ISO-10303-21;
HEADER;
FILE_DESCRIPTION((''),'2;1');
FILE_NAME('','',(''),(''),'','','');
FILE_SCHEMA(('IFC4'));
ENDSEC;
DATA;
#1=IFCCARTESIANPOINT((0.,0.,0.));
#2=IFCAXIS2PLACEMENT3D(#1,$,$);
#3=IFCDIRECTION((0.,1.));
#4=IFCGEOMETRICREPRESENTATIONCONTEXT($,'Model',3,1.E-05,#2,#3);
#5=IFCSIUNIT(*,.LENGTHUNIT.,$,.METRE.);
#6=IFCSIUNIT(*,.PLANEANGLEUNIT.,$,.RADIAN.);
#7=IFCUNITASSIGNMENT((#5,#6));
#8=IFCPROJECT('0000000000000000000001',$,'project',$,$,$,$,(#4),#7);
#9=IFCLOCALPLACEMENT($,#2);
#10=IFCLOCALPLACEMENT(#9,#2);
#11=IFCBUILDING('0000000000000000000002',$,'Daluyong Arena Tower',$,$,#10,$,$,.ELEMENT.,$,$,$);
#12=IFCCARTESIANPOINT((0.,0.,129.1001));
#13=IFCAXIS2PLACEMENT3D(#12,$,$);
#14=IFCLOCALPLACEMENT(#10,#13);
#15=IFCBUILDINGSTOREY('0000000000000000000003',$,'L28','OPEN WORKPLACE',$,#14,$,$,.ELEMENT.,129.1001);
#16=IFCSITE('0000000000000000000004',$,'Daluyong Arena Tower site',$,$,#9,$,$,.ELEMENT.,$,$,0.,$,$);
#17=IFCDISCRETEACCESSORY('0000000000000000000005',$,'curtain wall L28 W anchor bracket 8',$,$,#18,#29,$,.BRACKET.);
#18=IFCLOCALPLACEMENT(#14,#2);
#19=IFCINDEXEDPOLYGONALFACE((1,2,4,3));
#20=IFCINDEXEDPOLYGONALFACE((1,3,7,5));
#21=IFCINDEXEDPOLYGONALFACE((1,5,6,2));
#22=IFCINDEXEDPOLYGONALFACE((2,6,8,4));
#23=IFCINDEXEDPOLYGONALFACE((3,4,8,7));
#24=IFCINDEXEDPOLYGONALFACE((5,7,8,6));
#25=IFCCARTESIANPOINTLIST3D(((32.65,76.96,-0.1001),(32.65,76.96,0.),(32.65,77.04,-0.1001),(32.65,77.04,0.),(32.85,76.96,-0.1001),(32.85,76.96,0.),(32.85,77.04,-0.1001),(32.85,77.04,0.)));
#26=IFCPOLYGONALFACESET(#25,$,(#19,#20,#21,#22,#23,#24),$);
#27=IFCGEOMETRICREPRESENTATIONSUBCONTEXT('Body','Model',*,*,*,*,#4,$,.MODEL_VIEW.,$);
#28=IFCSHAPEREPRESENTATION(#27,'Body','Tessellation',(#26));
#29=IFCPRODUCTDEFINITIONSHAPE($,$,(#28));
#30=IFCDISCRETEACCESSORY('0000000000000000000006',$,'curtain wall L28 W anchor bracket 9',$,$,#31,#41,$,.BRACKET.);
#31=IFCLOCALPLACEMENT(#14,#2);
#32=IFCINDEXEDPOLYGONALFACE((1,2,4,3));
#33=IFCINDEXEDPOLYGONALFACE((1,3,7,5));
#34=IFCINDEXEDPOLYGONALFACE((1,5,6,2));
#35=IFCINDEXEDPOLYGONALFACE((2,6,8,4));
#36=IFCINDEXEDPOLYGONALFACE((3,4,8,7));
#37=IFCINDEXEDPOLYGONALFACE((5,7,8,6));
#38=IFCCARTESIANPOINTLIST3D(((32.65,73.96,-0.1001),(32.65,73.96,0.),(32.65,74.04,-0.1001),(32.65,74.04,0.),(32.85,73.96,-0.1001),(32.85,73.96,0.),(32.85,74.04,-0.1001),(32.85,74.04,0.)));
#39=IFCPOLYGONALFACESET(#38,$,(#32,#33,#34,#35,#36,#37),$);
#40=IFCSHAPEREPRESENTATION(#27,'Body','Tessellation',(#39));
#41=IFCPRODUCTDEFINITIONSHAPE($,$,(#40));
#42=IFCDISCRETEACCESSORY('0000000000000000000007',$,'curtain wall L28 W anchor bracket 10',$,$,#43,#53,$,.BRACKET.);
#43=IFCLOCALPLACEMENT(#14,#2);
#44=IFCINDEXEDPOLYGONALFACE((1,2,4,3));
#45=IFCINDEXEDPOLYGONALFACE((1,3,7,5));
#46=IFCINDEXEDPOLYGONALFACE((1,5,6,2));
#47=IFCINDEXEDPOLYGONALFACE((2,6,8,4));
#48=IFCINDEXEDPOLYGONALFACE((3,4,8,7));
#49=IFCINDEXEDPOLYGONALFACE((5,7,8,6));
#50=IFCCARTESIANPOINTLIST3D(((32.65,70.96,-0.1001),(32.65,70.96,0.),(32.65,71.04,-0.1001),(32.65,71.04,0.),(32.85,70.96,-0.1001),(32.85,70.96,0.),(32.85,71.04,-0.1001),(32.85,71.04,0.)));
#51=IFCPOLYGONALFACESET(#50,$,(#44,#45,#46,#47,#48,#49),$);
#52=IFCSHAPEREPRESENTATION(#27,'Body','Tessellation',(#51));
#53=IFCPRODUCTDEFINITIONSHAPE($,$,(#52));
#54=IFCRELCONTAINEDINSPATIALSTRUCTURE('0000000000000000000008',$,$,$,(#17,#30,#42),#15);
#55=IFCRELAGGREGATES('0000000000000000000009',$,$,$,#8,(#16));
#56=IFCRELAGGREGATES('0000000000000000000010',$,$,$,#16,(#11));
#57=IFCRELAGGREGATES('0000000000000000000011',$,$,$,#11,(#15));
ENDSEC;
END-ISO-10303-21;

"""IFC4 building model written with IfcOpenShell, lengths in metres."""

from ifc_helpers import new_model, si_unit, direction, frame, origin, origin_2d, place, context, subcontext, project, spatial, rectangle, extrude, element, save


model = new_model("IFC4")

# Units and contexts
model_context = context("Model", 3, precision=1e-05, world=origin(), true_north=direction((0.0, 1.0)))
body_context = subcontext(model_context, "Body", "Model", "MODEL_VIEW")
ifc_project = project(units=[si_unit("LENGTHUNIT", "METRE"), si_unit("PLANEANGLEUNIT", "RADIAN")], contexts=[model_context])

# Site, building, storey
site_placement = place(None, origin())
site = spatial("IfcSite", under=ifc_project, at=site_placement, Name="Daluyong Arena Tower site", CompositionType="ELEMENT", RefElevation=0.0)
building_placement = place(site_placement, origin())
building = spatial("IfcBuilding", under=site, at=building_placement, Name="Daluyong Arena Tower", CompositionType="ELEMENT")
storey_placement = place(building_placement, frame((0.0, 0.0, 129.1001)))
storey = spatial("IfcBuildingStorey", under=building, at=storey_placement, Name="L28", Description="OPEN WORKPLACE", CompositionType="ELEMENT", Elevation=129.1001)

# Discrete accessories
for number, where, z_axis, x_axis, name in (
    (1, (32.75, 77.0, -0.1001), (0.0, 0.0, 1.0), (0.0, -1.0, 0.0), "curtain wall L28 W anchor bracket 8"),
    (2, (32.75, 74.0, -0.1001), (0.0, 0.0, 1.0), (0.0, -1.0, 0.0), "curtain wall L28 W anchor bracket 9"),
    (3, (32.75, 71.0, -0.1001), (0.0, 0.0, 1.0), (0.0, -1.0, 0.0), "curtain wall L28 W anchor bracket 10"),
):
    element("IfcDiscreteAccessory", number, at=place(storey_placement, frame(where, z_axis=z_axis, x_axis=x_axis)), inside=storey, Name=name, PredefinedType="BRACKET", context=body_context, shape_type="SweptSolid", body=[
        extrude(rectangle(XDim=0.0801, YDim=0.2, at=origin_2d()), origin(), (0.0, 0.0, 1.0), 0.1001),
    ])

save(model, "model.ifc")
